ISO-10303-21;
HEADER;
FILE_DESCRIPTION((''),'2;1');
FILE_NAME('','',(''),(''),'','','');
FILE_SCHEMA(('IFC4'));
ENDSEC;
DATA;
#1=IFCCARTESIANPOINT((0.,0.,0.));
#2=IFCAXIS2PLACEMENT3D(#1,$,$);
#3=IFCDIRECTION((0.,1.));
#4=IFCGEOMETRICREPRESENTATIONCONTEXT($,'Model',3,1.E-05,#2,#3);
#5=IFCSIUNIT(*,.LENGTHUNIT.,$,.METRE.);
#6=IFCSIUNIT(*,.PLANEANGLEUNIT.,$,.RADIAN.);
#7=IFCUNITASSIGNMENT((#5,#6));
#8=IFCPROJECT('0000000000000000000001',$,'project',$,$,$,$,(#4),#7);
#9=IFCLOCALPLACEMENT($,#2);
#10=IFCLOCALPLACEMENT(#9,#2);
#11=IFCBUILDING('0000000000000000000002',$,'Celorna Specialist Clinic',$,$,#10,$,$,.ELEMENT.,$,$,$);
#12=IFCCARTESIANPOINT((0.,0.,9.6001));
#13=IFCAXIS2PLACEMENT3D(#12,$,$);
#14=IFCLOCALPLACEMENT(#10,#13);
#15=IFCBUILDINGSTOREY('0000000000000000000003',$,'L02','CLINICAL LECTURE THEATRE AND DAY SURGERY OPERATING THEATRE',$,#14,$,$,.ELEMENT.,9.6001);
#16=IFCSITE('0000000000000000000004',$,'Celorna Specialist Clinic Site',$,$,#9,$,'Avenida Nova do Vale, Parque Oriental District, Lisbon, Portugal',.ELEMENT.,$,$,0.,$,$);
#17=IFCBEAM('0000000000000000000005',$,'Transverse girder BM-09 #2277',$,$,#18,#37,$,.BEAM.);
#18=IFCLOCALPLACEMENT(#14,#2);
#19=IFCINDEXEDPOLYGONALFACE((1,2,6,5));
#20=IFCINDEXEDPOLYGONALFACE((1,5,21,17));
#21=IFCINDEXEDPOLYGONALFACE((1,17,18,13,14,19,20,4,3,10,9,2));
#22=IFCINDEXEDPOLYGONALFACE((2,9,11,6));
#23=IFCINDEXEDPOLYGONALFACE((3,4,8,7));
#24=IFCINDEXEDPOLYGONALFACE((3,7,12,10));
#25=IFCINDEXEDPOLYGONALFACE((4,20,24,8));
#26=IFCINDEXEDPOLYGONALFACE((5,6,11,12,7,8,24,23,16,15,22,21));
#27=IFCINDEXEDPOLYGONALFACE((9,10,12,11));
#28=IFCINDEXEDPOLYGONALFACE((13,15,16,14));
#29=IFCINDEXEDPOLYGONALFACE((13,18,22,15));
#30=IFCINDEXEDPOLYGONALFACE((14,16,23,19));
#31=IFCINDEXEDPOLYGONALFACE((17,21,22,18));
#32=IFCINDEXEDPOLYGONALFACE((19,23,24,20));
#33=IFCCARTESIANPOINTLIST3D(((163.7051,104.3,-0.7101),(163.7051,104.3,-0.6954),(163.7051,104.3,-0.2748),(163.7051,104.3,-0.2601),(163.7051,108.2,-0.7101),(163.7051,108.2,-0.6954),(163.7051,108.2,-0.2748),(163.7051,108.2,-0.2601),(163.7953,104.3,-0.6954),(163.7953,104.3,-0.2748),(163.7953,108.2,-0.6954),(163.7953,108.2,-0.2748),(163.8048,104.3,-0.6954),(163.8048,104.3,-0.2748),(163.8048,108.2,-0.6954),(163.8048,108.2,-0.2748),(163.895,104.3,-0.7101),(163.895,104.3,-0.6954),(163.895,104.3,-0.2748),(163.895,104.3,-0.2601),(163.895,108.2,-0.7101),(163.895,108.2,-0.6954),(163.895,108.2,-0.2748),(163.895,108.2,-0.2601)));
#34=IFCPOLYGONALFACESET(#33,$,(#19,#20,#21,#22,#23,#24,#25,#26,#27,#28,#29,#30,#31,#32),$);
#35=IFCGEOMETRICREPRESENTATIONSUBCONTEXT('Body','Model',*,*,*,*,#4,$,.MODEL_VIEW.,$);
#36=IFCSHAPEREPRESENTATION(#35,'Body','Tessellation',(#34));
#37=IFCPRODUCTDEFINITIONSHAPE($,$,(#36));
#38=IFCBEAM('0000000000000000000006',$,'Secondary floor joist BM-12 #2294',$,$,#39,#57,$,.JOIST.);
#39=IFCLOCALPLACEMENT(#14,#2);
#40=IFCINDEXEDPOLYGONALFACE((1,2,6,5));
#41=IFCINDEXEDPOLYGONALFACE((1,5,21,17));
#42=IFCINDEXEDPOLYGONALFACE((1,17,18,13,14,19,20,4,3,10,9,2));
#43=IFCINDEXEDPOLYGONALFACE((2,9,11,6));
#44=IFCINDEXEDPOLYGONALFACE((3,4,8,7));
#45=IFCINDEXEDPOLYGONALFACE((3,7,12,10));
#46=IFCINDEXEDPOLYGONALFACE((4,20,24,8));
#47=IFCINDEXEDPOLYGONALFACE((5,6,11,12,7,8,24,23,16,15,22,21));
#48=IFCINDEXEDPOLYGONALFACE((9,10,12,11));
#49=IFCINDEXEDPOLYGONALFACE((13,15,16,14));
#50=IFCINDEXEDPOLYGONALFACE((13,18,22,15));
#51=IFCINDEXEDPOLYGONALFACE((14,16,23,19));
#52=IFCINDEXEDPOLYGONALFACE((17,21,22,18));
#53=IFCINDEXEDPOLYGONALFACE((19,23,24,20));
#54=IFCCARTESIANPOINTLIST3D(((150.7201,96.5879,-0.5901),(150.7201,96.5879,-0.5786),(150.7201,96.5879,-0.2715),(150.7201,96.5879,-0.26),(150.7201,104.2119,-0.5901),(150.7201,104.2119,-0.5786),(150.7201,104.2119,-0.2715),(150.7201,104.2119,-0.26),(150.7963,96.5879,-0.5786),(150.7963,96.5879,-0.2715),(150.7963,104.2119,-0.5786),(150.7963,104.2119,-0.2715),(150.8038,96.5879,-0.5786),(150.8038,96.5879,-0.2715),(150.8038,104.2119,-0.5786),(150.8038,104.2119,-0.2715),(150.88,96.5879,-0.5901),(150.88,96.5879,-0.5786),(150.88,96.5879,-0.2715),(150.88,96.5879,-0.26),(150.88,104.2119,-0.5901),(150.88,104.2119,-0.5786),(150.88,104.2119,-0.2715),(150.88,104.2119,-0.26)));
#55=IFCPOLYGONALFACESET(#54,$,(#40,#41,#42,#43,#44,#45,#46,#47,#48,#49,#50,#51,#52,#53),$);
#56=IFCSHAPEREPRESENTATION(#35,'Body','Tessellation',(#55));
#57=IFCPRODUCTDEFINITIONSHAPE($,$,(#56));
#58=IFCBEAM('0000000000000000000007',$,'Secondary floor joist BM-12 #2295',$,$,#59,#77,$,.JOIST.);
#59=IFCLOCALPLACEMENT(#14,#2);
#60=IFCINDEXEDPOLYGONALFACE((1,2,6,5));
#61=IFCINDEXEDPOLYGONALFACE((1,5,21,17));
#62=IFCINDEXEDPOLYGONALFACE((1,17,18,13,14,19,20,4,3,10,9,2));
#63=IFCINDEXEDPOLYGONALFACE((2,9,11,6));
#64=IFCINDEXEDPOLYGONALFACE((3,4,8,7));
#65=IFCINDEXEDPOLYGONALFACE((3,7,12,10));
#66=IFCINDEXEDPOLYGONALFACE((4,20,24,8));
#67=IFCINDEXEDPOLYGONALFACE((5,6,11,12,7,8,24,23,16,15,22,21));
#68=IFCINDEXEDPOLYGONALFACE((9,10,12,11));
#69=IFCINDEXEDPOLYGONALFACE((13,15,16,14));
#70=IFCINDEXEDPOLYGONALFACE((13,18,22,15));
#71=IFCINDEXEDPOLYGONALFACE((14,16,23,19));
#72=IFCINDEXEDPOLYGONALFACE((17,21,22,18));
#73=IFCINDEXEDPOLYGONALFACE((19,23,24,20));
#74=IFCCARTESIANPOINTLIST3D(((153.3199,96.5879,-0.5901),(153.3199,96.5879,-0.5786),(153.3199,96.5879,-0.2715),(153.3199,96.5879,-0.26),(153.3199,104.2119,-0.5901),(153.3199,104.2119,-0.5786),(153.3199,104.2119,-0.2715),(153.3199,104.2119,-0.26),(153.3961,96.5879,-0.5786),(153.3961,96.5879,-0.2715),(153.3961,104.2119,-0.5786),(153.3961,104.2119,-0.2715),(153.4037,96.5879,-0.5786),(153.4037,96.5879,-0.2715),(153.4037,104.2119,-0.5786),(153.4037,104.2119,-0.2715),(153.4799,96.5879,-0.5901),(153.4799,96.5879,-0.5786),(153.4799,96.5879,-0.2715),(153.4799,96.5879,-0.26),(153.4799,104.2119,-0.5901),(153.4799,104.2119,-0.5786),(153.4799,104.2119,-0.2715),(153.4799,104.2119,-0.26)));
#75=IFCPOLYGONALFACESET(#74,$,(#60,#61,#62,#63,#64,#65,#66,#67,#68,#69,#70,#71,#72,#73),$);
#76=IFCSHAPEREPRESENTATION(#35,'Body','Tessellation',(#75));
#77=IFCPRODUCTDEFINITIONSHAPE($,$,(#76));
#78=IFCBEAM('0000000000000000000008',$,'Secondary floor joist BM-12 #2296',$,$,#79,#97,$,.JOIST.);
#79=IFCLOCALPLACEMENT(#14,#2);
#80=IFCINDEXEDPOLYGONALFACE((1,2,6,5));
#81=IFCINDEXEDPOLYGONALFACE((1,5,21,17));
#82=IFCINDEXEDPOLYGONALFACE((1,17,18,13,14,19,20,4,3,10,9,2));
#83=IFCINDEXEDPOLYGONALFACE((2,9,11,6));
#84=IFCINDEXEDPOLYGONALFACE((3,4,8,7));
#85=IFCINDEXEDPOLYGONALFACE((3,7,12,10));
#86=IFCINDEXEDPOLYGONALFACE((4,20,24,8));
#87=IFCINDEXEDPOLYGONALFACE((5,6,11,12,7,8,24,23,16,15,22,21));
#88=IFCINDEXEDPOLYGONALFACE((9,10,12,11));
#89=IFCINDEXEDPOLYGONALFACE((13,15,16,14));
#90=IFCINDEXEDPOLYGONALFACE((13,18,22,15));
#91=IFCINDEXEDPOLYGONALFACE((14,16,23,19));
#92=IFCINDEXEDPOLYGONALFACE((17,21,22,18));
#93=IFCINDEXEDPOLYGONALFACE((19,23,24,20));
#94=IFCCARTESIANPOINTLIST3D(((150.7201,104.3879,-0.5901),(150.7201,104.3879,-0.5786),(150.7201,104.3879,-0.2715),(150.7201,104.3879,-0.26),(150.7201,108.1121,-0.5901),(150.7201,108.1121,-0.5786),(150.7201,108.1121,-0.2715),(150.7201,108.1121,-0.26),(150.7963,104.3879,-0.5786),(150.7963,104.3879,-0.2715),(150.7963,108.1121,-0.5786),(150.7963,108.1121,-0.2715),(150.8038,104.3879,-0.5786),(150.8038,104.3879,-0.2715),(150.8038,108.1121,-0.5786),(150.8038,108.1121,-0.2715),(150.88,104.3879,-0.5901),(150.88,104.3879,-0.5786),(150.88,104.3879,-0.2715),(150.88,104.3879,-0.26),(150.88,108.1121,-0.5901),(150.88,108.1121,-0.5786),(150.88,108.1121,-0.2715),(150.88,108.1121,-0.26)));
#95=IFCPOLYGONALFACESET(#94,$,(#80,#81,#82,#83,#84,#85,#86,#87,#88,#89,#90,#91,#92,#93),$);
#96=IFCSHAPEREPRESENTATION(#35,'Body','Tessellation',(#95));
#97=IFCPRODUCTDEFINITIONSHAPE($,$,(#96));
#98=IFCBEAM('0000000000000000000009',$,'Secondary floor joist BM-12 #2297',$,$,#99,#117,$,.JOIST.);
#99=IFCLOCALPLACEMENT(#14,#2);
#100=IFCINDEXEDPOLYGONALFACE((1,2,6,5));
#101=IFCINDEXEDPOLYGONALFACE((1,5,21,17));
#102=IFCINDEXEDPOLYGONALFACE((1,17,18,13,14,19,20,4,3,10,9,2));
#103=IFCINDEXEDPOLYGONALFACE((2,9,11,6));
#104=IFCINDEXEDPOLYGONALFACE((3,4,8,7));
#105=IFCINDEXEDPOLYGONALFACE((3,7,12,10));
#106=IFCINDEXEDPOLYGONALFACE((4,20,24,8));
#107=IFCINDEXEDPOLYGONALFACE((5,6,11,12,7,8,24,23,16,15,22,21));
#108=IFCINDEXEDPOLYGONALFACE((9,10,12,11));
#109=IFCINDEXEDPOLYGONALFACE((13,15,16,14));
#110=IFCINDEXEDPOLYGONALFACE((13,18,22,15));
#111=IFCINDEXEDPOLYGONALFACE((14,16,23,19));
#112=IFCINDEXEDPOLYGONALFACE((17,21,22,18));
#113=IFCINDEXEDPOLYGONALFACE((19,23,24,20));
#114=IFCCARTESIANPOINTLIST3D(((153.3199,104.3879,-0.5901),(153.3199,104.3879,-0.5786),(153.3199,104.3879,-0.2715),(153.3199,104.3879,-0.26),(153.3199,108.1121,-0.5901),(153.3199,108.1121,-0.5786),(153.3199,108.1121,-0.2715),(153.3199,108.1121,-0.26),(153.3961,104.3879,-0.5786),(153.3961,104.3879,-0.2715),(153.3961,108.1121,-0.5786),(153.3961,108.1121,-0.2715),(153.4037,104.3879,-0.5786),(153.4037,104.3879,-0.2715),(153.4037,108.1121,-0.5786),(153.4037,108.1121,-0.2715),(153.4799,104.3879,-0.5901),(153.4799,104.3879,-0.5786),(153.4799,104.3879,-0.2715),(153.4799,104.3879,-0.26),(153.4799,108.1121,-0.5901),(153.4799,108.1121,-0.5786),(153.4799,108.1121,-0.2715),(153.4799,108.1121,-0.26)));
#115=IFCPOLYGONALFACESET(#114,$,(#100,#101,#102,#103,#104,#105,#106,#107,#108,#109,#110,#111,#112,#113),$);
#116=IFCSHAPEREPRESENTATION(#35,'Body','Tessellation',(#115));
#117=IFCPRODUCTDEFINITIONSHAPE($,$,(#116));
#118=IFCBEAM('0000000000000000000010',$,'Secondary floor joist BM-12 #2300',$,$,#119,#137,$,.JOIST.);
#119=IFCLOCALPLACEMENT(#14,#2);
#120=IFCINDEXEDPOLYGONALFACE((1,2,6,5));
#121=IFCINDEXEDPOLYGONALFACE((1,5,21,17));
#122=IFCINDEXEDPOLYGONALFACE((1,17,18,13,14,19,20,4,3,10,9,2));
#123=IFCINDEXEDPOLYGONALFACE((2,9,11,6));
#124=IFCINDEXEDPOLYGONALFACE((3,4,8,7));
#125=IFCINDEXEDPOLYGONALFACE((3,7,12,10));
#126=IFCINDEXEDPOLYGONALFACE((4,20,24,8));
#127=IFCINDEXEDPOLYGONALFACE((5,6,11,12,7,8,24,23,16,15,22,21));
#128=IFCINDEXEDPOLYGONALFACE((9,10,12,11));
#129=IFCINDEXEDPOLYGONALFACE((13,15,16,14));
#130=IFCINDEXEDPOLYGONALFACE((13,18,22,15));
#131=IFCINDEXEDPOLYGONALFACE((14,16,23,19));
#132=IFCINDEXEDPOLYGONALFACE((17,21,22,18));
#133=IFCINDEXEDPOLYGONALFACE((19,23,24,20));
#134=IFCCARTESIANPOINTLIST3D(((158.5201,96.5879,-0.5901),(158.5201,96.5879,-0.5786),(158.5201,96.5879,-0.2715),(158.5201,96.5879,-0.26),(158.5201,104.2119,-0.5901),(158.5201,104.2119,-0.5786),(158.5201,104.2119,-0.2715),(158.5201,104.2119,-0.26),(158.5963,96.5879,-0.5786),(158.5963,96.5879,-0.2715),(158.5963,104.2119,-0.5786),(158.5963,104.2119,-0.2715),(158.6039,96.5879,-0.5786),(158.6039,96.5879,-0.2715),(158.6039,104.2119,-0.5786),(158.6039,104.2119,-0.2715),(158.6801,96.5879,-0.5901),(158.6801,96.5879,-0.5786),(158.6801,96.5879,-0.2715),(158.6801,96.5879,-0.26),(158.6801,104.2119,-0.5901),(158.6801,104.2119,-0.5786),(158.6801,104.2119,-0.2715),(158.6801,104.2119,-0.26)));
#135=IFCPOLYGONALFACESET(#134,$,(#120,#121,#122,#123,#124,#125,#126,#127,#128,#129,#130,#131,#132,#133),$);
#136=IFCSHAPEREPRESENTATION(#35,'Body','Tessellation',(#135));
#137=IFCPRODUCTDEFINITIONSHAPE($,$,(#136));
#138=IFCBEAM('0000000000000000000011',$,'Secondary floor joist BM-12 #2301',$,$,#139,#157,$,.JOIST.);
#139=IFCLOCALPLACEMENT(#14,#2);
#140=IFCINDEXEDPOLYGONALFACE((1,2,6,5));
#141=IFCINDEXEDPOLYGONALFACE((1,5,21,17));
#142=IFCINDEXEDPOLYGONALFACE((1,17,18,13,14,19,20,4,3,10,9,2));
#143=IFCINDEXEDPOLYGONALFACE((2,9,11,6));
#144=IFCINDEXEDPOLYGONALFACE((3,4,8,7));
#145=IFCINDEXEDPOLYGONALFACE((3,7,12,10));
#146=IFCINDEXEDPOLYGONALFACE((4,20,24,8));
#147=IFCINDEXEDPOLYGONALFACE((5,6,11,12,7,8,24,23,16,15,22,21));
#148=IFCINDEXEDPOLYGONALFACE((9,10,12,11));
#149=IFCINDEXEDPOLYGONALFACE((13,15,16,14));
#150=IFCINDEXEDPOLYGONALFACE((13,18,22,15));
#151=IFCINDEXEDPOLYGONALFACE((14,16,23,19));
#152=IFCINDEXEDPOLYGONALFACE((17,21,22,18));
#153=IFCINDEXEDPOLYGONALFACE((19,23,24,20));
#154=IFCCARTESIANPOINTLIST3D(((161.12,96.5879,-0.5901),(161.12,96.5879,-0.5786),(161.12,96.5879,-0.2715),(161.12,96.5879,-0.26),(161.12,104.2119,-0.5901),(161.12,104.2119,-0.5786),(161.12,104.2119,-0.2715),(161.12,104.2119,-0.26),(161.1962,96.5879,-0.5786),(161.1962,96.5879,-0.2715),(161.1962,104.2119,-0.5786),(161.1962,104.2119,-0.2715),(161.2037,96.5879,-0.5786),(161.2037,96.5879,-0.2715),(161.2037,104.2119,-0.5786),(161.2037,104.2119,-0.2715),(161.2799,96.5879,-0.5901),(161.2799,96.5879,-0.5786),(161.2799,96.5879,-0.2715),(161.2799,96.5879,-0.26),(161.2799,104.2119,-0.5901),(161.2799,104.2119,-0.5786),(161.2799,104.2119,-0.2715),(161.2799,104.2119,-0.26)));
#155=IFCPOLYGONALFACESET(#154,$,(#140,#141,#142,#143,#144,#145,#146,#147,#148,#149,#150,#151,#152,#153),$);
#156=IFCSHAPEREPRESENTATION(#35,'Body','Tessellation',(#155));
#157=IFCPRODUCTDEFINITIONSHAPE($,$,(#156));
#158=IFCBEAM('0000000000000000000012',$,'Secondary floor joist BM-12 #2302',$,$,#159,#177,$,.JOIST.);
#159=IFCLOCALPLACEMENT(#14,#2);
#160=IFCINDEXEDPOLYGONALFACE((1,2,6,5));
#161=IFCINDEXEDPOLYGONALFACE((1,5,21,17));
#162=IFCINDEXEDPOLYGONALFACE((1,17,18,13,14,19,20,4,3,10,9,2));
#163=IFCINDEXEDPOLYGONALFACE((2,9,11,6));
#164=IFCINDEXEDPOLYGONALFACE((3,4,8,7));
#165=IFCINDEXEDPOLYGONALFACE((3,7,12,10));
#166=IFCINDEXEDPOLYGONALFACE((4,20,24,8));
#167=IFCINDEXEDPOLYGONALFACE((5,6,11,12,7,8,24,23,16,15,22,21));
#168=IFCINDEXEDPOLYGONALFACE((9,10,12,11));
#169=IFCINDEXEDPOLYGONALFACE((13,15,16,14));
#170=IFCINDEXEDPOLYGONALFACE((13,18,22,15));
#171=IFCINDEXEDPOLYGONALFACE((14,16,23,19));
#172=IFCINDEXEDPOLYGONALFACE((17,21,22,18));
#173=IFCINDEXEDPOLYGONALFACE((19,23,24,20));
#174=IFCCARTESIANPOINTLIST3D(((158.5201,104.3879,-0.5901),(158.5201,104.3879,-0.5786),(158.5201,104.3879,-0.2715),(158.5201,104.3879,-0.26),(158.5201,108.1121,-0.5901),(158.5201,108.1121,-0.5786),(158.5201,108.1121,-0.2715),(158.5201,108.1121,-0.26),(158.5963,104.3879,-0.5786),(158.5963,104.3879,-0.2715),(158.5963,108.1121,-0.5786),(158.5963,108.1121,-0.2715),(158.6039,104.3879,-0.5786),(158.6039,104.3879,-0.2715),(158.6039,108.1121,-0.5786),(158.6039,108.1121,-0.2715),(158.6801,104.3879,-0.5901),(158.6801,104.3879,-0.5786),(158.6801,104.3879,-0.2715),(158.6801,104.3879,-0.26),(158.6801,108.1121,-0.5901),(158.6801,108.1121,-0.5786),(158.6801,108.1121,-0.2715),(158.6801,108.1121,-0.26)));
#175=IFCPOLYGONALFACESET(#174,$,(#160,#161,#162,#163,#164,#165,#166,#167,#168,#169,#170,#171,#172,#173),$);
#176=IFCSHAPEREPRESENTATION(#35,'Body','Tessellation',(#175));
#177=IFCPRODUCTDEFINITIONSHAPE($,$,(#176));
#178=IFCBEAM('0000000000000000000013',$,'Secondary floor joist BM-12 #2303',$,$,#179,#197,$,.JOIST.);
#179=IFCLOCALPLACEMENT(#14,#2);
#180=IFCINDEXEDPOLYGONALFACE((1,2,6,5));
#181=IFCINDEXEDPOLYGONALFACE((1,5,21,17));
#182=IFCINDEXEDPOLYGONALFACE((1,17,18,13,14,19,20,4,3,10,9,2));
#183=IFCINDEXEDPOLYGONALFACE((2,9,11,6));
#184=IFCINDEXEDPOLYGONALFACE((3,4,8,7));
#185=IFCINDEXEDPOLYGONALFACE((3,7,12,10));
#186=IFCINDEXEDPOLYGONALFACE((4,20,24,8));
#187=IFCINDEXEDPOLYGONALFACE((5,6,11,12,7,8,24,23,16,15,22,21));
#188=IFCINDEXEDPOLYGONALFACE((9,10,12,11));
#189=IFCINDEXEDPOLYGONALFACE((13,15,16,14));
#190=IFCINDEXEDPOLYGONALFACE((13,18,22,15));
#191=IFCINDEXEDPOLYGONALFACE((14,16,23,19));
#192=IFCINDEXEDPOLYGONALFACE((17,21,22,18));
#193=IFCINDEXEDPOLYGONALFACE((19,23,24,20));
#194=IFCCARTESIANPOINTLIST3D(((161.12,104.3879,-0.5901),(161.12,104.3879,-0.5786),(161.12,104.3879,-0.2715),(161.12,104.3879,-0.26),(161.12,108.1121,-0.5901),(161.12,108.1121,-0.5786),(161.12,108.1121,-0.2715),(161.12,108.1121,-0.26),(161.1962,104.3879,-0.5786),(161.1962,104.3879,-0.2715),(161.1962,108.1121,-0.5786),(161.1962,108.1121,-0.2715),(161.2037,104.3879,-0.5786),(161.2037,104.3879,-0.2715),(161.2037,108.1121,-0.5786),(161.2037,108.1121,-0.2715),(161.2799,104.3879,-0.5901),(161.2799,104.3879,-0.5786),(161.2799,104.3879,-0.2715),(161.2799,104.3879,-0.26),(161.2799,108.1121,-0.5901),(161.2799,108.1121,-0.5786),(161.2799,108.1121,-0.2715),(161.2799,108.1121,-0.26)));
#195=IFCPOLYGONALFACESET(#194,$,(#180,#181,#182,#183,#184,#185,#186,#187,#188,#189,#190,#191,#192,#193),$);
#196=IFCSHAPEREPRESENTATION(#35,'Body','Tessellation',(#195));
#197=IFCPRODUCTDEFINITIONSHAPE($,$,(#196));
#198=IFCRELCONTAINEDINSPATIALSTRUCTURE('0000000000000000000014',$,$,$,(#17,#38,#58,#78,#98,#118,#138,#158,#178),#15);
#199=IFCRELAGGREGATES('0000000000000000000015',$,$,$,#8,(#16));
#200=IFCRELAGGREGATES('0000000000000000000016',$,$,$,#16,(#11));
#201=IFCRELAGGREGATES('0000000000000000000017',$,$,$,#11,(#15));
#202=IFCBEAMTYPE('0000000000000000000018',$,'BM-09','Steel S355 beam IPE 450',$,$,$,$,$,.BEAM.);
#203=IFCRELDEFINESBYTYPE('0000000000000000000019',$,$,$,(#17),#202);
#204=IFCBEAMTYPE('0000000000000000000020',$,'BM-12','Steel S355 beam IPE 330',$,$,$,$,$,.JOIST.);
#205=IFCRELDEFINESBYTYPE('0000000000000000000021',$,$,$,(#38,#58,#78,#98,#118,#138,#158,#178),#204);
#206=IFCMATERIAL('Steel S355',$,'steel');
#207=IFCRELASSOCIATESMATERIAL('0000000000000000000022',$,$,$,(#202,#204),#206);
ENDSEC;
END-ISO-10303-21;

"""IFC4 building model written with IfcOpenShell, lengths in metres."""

from ifc_helpers import new_model, si_unit, direction, frame, origin, origin_2d, place, context, subcontext, project, spatial, i_section, extrude, material, material_profile, profile_set, type_object, element, save


model = new_model("IFC4")

# Units and contexts
model_context = context("Model", 3, precision=1e-05, world=origin(), true_north=direction((0.0, 1.0)))
body_context = subcontext(model_context, "Body", "Model", "MODEL_VIEW")
ifc_project = project(units=[si_unit("LENGTHUNIT", "METRE"), si_unit("PLANEANGLEUNIT", "RADIAN")], contexts=[model_context])

# Site, building, storey
site_placement = place(None, origin())
site = spatial("IfcSite", under=ifc_project, at=site_placement, Name="Celorna Specialist Clinic Site", LongName="Avenida Nova do Vale, Parque Oriental District, Lisbon, Portugal", CompositionType="ELEMENT", RefElevation=0.0)
building_placement = place(site_placement, origin())
building = spatial("IfcBuilding", under=site, at=building_placement, Name="Celorna Specialist Clinic", CompositionType="ELEMENT")
storey_placement = place(building_placement, frame((0.0, 0.0, 9.6001)))
storey = spatial("IfcBuildingStorey", under=building, at=storey_placement, Name="L02", Description="CLINICAL LECTURE THEATRE AND DAY SURGERY OPERATING THEATRE", CompositionType="ELEMENT", Elevation=9.6001)

# Shared definitions
ifc_material = material(Name="Steel S355", Category="steel")

# Beams
ifc_material_profile_1 = material_profile(ifc_material, i_section(OverallWidth=0.1899, OverallDepth=0.45, WebThickness=0.0095, FlangeThickness=0.0146, at=origin_2d()), Name="IPE 450")
ifc_profile_set_1 = profile_set([ifc_material_profile_1], Name="Steel S355")
beam_type_1 = type_object("IfcBeamType", Name="BM-09", Description="Steel S355 beam IPE 450", PredefinedType="BEAM", material=ifc_profile_set_1)
beam_1_placement = place(storey_placement, frame((163.8, 104.3, -0.4851), z_axis=(0.0, 1.0, 0.0), x_axis=(-1.0, 0.0, 0.0)))
element("IfcBeam", 1, at=beam_1_placement, inside=storey, type_object=beam_type_1, Name="Transverse girder BM-09 #2277", PredefinedType="BEAM", context=body_context, shape_type="SweptSolid", body=[
    extrude(i_section(OverallWidth=0.1899, OverallDepth=0.45, WebThickness=0.0095, FlangeThickness=0.0146, at=origin_2d()), origin(), (0.0, 0.0, 1.0), 3.8999),
])
ifc_material_profile_2 = material_profile(ifc_material, i_section(OverallWidth=0.1599, OverallDepth=0.3301, WebThickness=0.0076, FlangeThickness=0.0115, at=origin_2d()), Name="IPE 330")
ifc_profile_set_2 = profile_set([ifc_material_profile_2], Name="Steel S355")
beam_type_2 = type_object("IfcBeamType", Name="BM-12", Description="Steel S355 beam IPE 330", PredefinedType="JOIST", material=ifc_profile_set_2)
for number, where, z_axis, x_axis, name in (
    (2, (150.8, 96.5879, -0.425), (0.0, 1.0, 0.0), (-1.0, 0.0, 0.0), "Secondary floor joist BM-12 #2294"),
    (3, (153.3999, 96.5879, -0.425), (0.0, 1.0, 0.0), (-1.0, 0.0, 0.0), "Secondary floor joist BM-12 #2295"),
):
    element("IfcBeam", number, at=place(storey_placement, frame(where, z_axis=z_axis, x_axis=x_axis)), inside=storey, type_object=beam_type_2, Name=name, PredefinedType="JOIST", context=body_context, shape_type="SweptSolid", body=[
        extrude(i_section(OverallWidth=0.1599, OverallDepth=0.3301, WebThickness=0.0076, FlangeThickness=0.0115, at=origin_2d()), origin(), (0.0, 0.0, 1.0), 7.624),
    ])
for number, where, z_axis, x_axis, name in (
    (4, (150.8, 104.3879, -0.425), (0.0, 1.0, 0.0), (-1.0, 0.0, 0.0), "Secondary floor joist BM-12 #2296"),
    (5, (153.3999, 104.3879, -0.425), (0.0, 1.0, 0.0), (-1.0, 0.0, 0.0), "Secondary floor joist BM-12 #2297"),
):
    element("IfcBeam", number, at=place(storey_placement, frame(where, z_axis=z_axis, x_axis=x_axis)), inside=storey, type_object=beam_type_2, Name=name, PredefinedType="JOIST", context=body_context, shape_type="SweptSolid", body=[
        extrude(i_section(OverallWidth=0.1599, OverallDepth=0.3301, WebThickness=0.0076, FlangeThickness=0.0115, at=origin_2d()), origin(), (0.0, 0.0, 1.0), 3.7241),
    ])
for number, where, z_axis, x_axis, name in (
    (6, (158.6001, 96.5879, -0.425), (0.0, 1.0, 0.0), (-1.0, 0.0, 0.0), "Secondary floor joist BM-12 #2300"),
    (7, (161.2, 96.5879, -0.425), (0.0, 1.0, 0.0), (-1.0, 0.0, 0.0), "Secondary floor joist BM-12 #2301"),
):
    element("IfcBeam", number, at=place(storey_placement, frame(where, z_axis=z_axis, x_axis=x_axis)), inside=storey, type_object=beam_type_2, Name=name, PredefinedType="JOIST", context=body_context, shape_type="SweptSolid", body=[
        extrude(i_section(OverallWidth=0.1599, OverallDepth=0.3301, WebThickness=0.0076, FlangeThickness=0.0115, at=origin_2d()), origin(), (0.0, 0.0, 1.0), 7.624),
    ])
for number, where, z_axis, x_axis, name in (
    (8, (158.6001, 104.3879, -0.425), (0.0, 1.0, 0.0), (-1.0, 0.0, 0.0), "Secondary floor joist BM-12 #2302"),
    (9, (161.2, 104.3879, -0.425), (0.0, 1.0, 0.0), (-1.0, 0.0, 0.0), "Secondary floor joist BM-12 #2303"),
):
    element("IfcBeam", number, at=place(storey_placement, frame(where, z_axis=z_axis, x_axis=x_axis)), inside=storey, type_object=beam_type_2, Name=name, PredefinedType="JOIST", context=body_context, shape_type="SweptSolid", body=[
        extrude(i_section(OverallWidth=0.1599, OverallDepth=0.3301, WebThickness=0.0076, FlangeThickness=0.0115, at=origin_2d()), origin(), (0.0, 0.0, 1.0), 3.7241),
    ])

save(model, "model.ifc")
